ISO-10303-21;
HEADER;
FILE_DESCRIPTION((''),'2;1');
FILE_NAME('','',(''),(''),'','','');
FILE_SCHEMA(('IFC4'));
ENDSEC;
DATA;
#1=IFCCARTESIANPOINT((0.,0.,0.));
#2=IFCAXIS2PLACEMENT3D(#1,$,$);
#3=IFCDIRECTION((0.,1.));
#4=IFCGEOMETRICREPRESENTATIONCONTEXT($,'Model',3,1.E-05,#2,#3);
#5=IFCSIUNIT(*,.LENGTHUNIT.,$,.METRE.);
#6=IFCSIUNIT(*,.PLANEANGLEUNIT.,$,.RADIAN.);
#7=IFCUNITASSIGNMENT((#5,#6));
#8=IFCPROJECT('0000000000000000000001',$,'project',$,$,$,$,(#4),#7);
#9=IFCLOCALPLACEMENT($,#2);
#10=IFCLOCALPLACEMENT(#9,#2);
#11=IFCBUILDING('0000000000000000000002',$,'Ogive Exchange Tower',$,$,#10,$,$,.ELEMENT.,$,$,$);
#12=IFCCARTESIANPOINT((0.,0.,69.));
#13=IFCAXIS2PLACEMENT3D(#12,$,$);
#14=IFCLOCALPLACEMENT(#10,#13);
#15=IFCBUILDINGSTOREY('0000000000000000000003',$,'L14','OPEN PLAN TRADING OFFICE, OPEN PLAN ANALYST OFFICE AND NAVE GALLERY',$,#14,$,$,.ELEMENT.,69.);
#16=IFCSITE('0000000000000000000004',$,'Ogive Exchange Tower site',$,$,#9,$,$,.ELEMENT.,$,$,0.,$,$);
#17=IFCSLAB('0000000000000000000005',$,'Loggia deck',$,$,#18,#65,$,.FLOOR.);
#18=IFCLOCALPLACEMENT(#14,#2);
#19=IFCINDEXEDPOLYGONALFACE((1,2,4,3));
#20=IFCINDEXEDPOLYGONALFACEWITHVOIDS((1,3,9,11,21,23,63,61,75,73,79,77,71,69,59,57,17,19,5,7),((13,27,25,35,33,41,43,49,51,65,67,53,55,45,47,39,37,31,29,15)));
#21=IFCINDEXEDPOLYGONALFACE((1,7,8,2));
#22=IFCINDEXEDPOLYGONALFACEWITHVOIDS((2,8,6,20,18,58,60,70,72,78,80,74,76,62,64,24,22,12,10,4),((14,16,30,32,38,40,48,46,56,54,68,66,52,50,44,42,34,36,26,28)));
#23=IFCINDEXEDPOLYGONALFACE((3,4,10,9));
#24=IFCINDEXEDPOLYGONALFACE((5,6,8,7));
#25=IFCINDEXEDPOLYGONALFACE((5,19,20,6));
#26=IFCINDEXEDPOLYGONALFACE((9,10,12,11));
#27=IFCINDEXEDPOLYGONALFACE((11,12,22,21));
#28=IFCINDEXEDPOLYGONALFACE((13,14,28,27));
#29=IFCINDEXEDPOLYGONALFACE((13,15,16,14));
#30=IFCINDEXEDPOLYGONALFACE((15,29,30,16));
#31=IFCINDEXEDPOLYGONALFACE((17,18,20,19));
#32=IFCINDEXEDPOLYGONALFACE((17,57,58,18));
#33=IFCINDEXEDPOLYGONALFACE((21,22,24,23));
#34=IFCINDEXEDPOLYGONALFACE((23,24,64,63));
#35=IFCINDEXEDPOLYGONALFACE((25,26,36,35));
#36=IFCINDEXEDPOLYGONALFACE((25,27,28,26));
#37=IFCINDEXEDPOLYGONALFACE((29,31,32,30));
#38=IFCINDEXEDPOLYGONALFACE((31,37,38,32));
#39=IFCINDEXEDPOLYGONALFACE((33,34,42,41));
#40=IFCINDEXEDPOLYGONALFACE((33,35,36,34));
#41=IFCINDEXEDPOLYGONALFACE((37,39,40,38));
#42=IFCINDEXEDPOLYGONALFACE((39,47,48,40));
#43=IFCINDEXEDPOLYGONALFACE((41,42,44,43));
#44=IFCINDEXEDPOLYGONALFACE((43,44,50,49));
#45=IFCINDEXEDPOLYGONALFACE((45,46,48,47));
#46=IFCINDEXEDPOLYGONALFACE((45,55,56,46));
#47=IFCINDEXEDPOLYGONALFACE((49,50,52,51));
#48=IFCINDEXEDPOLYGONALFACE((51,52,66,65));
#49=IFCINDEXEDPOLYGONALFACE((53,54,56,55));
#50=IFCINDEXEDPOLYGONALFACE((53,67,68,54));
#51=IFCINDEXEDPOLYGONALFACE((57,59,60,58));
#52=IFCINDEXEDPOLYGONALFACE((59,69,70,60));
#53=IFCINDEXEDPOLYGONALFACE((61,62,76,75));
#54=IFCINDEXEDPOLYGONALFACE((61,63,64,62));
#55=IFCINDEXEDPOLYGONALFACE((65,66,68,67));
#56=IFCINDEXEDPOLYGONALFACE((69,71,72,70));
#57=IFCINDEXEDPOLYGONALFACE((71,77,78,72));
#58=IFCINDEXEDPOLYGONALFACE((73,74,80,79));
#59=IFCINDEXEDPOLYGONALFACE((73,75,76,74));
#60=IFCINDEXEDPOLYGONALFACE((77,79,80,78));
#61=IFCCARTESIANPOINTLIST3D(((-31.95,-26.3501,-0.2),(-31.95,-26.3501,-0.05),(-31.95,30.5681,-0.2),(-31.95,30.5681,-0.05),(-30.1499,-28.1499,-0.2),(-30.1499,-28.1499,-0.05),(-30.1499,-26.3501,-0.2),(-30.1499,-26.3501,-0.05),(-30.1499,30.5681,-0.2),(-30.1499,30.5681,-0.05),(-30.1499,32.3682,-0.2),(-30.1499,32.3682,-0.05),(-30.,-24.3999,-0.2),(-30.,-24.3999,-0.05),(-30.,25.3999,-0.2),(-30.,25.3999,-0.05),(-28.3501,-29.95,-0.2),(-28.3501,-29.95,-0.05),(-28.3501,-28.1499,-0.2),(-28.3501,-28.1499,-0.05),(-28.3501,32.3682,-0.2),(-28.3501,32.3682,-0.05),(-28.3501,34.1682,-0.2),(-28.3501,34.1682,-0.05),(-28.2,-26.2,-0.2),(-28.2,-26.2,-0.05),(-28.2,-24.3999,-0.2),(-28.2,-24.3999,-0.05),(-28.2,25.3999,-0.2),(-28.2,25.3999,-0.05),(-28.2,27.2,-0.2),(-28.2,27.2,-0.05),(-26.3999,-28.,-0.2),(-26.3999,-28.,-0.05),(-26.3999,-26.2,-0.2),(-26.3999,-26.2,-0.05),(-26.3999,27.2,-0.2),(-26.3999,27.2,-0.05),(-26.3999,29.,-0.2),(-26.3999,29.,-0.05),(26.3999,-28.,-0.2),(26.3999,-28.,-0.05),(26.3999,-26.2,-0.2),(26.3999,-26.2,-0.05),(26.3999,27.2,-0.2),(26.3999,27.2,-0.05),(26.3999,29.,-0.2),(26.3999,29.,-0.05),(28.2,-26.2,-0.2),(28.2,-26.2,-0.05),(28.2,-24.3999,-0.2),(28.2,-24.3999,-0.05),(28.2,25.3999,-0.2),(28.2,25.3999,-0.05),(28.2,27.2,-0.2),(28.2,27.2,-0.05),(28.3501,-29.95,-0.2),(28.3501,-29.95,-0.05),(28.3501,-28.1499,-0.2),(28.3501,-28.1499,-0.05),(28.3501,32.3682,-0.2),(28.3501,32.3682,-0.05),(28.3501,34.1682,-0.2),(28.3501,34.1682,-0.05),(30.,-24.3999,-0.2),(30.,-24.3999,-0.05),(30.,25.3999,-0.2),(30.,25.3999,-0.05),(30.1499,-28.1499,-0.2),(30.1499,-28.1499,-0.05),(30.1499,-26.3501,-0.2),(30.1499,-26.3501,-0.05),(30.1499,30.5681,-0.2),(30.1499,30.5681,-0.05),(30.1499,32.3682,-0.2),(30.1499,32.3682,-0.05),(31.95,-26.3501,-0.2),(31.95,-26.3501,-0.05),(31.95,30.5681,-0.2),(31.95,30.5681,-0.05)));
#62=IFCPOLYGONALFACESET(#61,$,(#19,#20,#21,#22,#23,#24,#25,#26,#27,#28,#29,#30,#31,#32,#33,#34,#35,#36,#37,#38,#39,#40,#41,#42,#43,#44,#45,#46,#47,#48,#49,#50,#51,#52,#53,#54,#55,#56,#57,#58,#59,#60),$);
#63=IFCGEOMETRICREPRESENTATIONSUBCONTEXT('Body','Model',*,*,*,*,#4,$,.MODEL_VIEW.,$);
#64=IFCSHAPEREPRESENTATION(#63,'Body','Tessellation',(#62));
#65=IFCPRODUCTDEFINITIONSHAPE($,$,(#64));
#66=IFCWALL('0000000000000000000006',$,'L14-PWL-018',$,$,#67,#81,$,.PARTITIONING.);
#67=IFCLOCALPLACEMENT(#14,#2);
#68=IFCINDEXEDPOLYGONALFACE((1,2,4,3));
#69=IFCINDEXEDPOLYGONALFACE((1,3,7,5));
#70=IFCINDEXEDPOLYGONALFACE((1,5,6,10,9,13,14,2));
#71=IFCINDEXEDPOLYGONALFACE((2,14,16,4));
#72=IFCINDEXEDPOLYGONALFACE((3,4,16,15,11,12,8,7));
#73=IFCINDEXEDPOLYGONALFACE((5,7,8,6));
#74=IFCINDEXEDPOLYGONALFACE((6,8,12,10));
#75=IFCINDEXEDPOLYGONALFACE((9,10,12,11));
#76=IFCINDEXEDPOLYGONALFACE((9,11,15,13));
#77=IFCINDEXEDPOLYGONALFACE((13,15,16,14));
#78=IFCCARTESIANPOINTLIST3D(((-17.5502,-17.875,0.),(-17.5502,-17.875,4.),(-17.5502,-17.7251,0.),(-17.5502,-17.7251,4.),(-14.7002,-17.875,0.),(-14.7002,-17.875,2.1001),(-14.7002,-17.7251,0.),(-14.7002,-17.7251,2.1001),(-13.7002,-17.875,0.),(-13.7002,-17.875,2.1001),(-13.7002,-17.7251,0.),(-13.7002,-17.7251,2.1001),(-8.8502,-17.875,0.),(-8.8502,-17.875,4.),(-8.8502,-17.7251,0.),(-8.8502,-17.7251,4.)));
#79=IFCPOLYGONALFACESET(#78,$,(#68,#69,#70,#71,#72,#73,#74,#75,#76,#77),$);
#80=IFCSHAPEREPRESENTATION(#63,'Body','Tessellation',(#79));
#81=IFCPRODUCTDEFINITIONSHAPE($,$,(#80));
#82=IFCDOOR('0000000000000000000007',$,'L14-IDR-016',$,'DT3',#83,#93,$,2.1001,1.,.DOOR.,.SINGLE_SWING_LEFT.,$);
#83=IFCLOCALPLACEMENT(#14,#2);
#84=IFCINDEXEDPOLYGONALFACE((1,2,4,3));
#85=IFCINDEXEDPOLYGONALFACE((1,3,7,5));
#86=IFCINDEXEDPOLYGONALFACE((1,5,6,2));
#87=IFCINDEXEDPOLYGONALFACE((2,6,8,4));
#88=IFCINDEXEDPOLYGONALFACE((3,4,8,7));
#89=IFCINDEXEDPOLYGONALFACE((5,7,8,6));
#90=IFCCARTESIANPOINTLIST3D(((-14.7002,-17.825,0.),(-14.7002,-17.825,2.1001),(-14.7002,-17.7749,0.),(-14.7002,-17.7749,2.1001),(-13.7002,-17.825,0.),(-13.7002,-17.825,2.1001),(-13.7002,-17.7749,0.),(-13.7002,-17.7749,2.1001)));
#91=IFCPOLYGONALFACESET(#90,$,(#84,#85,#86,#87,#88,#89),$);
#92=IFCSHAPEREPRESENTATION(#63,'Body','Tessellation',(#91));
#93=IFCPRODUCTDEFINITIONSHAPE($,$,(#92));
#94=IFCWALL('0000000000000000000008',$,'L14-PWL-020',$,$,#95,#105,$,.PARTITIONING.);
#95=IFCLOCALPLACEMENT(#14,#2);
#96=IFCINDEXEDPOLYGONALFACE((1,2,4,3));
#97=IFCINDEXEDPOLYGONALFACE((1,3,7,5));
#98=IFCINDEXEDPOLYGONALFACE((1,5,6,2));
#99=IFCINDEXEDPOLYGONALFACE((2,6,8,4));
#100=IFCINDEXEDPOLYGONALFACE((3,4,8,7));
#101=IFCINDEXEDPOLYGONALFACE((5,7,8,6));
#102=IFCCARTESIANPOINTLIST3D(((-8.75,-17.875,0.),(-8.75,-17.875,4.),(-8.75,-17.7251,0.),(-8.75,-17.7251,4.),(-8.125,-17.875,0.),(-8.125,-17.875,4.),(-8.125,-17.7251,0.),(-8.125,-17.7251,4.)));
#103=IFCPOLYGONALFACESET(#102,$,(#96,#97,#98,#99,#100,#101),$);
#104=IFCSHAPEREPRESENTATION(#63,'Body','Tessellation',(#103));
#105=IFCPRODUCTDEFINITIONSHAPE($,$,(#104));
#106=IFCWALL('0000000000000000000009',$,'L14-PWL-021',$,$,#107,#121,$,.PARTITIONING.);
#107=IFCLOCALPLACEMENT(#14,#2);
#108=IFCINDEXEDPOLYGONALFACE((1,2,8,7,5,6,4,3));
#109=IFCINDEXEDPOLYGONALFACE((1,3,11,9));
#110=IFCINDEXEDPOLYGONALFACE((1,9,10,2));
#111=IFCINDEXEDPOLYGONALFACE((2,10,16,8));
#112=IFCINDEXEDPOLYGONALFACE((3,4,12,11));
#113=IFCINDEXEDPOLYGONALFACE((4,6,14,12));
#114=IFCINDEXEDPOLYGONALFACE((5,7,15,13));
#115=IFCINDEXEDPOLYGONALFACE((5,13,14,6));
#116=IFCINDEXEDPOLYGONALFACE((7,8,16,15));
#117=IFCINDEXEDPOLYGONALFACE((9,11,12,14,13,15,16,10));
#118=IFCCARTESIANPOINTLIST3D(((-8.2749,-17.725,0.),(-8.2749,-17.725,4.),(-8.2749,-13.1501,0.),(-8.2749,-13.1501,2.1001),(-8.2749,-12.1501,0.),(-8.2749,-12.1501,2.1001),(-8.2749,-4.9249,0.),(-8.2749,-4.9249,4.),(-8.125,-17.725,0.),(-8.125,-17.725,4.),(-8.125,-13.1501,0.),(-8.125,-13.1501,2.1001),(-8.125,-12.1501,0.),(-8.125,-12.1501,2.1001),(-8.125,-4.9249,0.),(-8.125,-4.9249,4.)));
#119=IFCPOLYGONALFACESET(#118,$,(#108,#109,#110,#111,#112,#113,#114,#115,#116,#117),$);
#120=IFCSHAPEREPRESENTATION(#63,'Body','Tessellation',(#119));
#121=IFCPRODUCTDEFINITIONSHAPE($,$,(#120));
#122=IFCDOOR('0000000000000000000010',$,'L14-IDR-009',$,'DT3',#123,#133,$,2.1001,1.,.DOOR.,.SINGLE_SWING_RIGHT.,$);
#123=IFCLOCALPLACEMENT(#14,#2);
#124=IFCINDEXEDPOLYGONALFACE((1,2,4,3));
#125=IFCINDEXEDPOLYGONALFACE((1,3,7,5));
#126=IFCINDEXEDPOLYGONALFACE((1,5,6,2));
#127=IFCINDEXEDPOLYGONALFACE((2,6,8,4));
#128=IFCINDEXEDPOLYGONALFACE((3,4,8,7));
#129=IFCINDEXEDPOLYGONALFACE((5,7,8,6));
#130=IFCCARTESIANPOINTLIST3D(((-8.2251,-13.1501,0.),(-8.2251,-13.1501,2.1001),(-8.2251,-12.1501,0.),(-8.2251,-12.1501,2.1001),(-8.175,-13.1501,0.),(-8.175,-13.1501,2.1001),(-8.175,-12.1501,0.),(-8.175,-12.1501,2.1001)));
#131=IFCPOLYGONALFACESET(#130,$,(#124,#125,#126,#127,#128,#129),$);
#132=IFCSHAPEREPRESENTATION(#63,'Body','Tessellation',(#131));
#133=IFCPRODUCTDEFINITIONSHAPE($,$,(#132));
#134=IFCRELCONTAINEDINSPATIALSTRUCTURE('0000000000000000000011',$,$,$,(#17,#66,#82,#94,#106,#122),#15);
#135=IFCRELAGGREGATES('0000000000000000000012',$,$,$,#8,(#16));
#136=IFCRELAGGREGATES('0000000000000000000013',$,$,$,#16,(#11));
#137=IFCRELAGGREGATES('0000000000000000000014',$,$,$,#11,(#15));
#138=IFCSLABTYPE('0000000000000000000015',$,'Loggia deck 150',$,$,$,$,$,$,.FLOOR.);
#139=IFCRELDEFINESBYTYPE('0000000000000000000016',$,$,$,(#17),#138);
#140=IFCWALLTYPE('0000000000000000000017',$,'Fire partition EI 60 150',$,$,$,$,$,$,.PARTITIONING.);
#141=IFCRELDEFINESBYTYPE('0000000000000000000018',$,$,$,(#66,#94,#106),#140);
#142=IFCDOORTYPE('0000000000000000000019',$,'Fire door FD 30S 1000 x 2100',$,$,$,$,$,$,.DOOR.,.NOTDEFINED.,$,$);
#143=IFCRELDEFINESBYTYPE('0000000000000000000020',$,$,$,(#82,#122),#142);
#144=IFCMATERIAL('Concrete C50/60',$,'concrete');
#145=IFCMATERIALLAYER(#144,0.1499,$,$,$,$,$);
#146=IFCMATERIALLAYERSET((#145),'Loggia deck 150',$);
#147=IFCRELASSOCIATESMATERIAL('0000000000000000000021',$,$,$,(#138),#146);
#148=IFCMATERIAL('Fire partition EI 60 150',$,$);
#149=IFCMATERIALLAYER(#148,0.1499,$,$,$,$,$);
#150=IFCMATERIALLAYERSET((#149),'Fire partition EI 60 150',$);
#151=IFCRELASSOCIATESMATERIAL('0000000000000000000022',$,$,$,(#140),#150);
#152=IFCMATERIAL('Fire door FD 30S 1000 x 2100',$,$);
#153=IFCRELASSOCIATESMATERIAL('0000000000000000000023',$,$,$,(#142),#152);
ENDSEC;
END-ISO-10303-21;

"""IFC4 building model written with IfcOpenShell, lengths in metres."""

from ifc_helpers import new_model, si_unit, direction, frame, frame_2d, origin, place, context, subcontext, project, spatial, polyline, rectangle, outline, extrude, material, layer, layer_set, type_object, element, fill, save


model = new_model("IFC4")

# Units and contexts
model_context = context("Model", 3, precision=1e-05, world=origin(), true_north=direction((0.0, 1.0)))
body_context = subcontext(model_context, "Body", "Model", "MODEL_VIEW")
ifc_project = project(units=[si_unit("LENGTHUNIT", "METRE"), si_unit("PLANEANGLEUNIT", "RADIAN")], contexts=[model_context])

# Site, building, storey
site_placement = place(None, origin())
site = spatial("IfcSite", under=ifc_project, at=site_placement, Name="Ogive Exchange Tower site", CompositionType="ELEMENT", RefElevation=0.0)
building_placement = place(site_placement, origin())
building = spatial("IfcBuilding", under=site, at=building_placement, Name="Ogive Exchange Tower", CompositionType="ELEMENT")
storey_placement = place(building_placement, frame((0.0, 0.0, 69.0)))
storey = spatial("IfcBuildingStorey", under=building, at=storey_placement, Name="L14", Description="OPEN PLAN TRADING OFFICE, OPEN PLAN ANALYST OFFICE AND NAVE GALLERY", CompositionType="ELEMENT", Elevation=69.0)

# Slab
ifc_material_1 = material(Name="Concrete C50/60", Category="concrete")
ifc_layer_1 = layer(ifc_material_1, 0.1499)
ifc_layer_set_1 = layer_set([ifc_layer_1], Name="Loggia deck 150")
slab_type_1 = type_object("IfcSlabType", Name="Loggia deck 150", PredefinedType="FLOOR", material=ifc_layer_set_1)
slab_1_placement = place(storey_placement, frame((0.0, 0.0, -0.2)))
element("IfcSlab", 1, at=slab_1_placement, inside=storey, type_object=slab_type_1, Name="Loggia deck", PredefinedType="FLOOR", context=body_context, shape_type="SweptSolid", body=[
    extrude(outline(polyline([(-28.3501, -28.1499), (-30.1499, -28.1499), (-30.1499, -26.3501), (-31.95, -26.3501), (-31.95, 30.5681), (-30.1499, 30.5681), (-30.1499, 32.3682), (-28.3501, 32.3682), (-28.3501, 34.1682), (28.3501, 34.1682), (28.3501, 32.3682), (30.1499, 32.3682), (30.1499, 30.5681), (31.95, 30.5681), (31.95, -26.3501), (30.1499, -26.3501), (30.1499, -28.1499), (28.3501, -28.1499), (28.3501, -29.95), (-28.3501, -29.95), (-28.3501, -28.1499)]), holes=[polyline([(26.3999, -26.2), (28.2, -26.2), (28.2, -24.3999), (30.0, -24.3999), (30.0, 25.3999), (28.2, 25.3999), (28.2, 27.2), (26.3999, 27.2), (26.3999, 29.0), (-26.3999, 29.0), (-26.3999, 27.2), (-28.2, 27.2), (-28.2, 25.3999), (-30.0, 25.3999), (-30.0, -24.3999), (-28.2, -24.3999), (-28.2, -26.2), (-26.3999, -26.2), (-26.3999, -28.0), (26.3999, -28.0), (26.3999, -26.2)])]), origin(), (0.0, 0.0, 1.0), 0.1499),
])

# Wall, opening, door
ifc_material_2 = material(Name="Fire partition EI 60 150")
ifc_layer_2 = layer(ifc_material_2, 0.1499)
ifc_layer_set_2 = layer_set([ifc_layer_2], Name="Fire partition EI 60 150")
wall_type = type_object("IfcWallType", Name="Fire partition EI 60 150", PredefinedType="PARTITIONING", material=ifc_layer_set_2)
wall_1_placement = place(storey_placement, frame((-8.8501, -17.8, 0.0), z_axis=(0.0, 0.0, 1.0), x_axis=(-1.0, 0.0, 0.0)))
wall_1 = element("IfcWall", 2, at=wall_1_placement, inside=storey, type_object=wall_type, Name="L14-PWL-018", PredefinedType="PARTITIONING", context=body_context, shape_type="SweptSolid", body=[
    extrude(rectangle(XDim=8.7, YDim=0.1499, at=frame_2d((4.3501, 0.0))), origin(), (0.0, 0.0, 1.0), 4.0),
])
opening_1_placement = place(wall_1_placement, frame((4.8501, 0.0, 0.0)))
opening_1 = element("IfcOpeningElement", 3, at=opening_1_placement, cuts=wall_1, PredefinedType="OPENING", context=body_context, shape_type="SweptSolid", body=[
    extrude(rectangle(XDim=1.0, YDim=2.1001, at=frame_2d((0.5, 1.05))), frame((0.0, 0.085, 0.0), z_axis=(0.0, -1.0, 0.0), x_axis=(1.0, 0.0, 0.0)), (0.0, 0.0, 1.0), 0.1699),
])
ifc_material_3 = material(Name="Fire door FD 30S 1000 x 2100")
door_type = type_object("IfcDoorType", Name="Fire door FD 30S 1000 x 2100", OperationType="NOTDEFINED", PredefinedType="DOOR", material=ifc_material_3)
door_1_placement = place(opening_1_placement, origin())
door_1 = element("IfcDoor", 4, at=door_1_placement, inside=storey, type_object=door_type, Name="L14-IDR-016", ObjectType="DT3", OperationType="SINGLE_SWING_LEFT", OverallHeight=2.1001, OverallWidth=1.0, PredefinedType="DOOR", context=body_context, shape_type="SweptSolid", body=[
    extrude(rectangle(XDim=1.0, YDim=2.1001, at=frame_2d((0.5, 1.05))), frame((0.0, 0.0249, 0.0), z_axis=(0.0, -1.0, 0.0), x_axis=(1.0, 0.0, 0.0)), (0.0, 0.0, 1.0), 0.05),
])
fill(opening_1, door_1)

# Wall
wall_2_placement = place(storey_placement, frame((-8.125, -17.8, 0.0), z_axis=(0.0, 0.0, 1.0), x_axis=(-1.0, 0.0, 0.0)))
element("IfcWall", 5, at=wall_2_placement, inside=storey, type_object=wall_type, Name="L14-PWL-020", PredefinedType="PARTITIONING", context=body_context, shape_type="SweptSolid", body=[
    extrude(rectangle(XDim=0.625, YDim=0.1499, at=frame_2d((0.3125, 0.0))), origin(), (0.0, 0.0, 1.0), 4.0),
])

# Wall, opening, door
wall_3_placement = place(storey_placement, frame((-8.2, -4.925, 0.0), z_axis=(0.0, 0.0, 1.0), x_axis=(0.0, -1.0, 0.0)))
wall_3 = element("IfcWall", 6, at=wall_3_placement, inside=storey, type_object=wall_type, Name="L14-PWL-021", PredefinedType="PARTITIONING", context=body_context, shape_type="SweptSolid", body=[
    extrude(rectangle(XDim=12.8, YDim=0.1499, at=frame_2d((6.3999, 0.0))), origin(), (0.0, 0.0, 1.0), 4.0),
])
opening_2_placement = place(wall_3_placement, frame((7.2251, 0.0, 0.0)))
opening_2 = element("IfcOpeningElement", 7, at=opening_2_placement, cuts=wall_3, PredefinedType="OPENING", context=body_context, shape_type="SweptSolid", body=[
    extrude(rectangle(XDim=1.0, YDim=2.1001, at=frame_2d((0.5, 1.05))), frame((0.0, 0.085, 0.0), z_axis=(0.0, -1.0, 0.0), x_axis=(1.0, 0.0, 0.0)), (0.0, 0.0, 1.0), 0.1699),
])
door_2_placement = place(opening_2_placement, origin())
door_2 = element("IfcDoor", 8, at=door_2_placement, inside=storey, type_object=door_type, Name="L14-IDR-009", ObjectType="DT3", OperationType="SINGLE_SWING_RIGHT", OverallHeight=2.1001, OverallWidth=1.0, PredefinedType="DOOR", context=body_context, shape_type="SweptSolid", body=[
    extrude(rectangle(XDim=1.0, YDim=2.1001, at=frame_2d((0.5, 1.05))), frame((0.0, 0.0249, 0.0), z_axis=(0.0, -1.0, 0.0), x_axis=(1.0, 0.0, 0.0)), (0.0, 0.0, 1.0), 0.05),
])
fill(opening_2, door_2)

save(model, "model.ifc")
